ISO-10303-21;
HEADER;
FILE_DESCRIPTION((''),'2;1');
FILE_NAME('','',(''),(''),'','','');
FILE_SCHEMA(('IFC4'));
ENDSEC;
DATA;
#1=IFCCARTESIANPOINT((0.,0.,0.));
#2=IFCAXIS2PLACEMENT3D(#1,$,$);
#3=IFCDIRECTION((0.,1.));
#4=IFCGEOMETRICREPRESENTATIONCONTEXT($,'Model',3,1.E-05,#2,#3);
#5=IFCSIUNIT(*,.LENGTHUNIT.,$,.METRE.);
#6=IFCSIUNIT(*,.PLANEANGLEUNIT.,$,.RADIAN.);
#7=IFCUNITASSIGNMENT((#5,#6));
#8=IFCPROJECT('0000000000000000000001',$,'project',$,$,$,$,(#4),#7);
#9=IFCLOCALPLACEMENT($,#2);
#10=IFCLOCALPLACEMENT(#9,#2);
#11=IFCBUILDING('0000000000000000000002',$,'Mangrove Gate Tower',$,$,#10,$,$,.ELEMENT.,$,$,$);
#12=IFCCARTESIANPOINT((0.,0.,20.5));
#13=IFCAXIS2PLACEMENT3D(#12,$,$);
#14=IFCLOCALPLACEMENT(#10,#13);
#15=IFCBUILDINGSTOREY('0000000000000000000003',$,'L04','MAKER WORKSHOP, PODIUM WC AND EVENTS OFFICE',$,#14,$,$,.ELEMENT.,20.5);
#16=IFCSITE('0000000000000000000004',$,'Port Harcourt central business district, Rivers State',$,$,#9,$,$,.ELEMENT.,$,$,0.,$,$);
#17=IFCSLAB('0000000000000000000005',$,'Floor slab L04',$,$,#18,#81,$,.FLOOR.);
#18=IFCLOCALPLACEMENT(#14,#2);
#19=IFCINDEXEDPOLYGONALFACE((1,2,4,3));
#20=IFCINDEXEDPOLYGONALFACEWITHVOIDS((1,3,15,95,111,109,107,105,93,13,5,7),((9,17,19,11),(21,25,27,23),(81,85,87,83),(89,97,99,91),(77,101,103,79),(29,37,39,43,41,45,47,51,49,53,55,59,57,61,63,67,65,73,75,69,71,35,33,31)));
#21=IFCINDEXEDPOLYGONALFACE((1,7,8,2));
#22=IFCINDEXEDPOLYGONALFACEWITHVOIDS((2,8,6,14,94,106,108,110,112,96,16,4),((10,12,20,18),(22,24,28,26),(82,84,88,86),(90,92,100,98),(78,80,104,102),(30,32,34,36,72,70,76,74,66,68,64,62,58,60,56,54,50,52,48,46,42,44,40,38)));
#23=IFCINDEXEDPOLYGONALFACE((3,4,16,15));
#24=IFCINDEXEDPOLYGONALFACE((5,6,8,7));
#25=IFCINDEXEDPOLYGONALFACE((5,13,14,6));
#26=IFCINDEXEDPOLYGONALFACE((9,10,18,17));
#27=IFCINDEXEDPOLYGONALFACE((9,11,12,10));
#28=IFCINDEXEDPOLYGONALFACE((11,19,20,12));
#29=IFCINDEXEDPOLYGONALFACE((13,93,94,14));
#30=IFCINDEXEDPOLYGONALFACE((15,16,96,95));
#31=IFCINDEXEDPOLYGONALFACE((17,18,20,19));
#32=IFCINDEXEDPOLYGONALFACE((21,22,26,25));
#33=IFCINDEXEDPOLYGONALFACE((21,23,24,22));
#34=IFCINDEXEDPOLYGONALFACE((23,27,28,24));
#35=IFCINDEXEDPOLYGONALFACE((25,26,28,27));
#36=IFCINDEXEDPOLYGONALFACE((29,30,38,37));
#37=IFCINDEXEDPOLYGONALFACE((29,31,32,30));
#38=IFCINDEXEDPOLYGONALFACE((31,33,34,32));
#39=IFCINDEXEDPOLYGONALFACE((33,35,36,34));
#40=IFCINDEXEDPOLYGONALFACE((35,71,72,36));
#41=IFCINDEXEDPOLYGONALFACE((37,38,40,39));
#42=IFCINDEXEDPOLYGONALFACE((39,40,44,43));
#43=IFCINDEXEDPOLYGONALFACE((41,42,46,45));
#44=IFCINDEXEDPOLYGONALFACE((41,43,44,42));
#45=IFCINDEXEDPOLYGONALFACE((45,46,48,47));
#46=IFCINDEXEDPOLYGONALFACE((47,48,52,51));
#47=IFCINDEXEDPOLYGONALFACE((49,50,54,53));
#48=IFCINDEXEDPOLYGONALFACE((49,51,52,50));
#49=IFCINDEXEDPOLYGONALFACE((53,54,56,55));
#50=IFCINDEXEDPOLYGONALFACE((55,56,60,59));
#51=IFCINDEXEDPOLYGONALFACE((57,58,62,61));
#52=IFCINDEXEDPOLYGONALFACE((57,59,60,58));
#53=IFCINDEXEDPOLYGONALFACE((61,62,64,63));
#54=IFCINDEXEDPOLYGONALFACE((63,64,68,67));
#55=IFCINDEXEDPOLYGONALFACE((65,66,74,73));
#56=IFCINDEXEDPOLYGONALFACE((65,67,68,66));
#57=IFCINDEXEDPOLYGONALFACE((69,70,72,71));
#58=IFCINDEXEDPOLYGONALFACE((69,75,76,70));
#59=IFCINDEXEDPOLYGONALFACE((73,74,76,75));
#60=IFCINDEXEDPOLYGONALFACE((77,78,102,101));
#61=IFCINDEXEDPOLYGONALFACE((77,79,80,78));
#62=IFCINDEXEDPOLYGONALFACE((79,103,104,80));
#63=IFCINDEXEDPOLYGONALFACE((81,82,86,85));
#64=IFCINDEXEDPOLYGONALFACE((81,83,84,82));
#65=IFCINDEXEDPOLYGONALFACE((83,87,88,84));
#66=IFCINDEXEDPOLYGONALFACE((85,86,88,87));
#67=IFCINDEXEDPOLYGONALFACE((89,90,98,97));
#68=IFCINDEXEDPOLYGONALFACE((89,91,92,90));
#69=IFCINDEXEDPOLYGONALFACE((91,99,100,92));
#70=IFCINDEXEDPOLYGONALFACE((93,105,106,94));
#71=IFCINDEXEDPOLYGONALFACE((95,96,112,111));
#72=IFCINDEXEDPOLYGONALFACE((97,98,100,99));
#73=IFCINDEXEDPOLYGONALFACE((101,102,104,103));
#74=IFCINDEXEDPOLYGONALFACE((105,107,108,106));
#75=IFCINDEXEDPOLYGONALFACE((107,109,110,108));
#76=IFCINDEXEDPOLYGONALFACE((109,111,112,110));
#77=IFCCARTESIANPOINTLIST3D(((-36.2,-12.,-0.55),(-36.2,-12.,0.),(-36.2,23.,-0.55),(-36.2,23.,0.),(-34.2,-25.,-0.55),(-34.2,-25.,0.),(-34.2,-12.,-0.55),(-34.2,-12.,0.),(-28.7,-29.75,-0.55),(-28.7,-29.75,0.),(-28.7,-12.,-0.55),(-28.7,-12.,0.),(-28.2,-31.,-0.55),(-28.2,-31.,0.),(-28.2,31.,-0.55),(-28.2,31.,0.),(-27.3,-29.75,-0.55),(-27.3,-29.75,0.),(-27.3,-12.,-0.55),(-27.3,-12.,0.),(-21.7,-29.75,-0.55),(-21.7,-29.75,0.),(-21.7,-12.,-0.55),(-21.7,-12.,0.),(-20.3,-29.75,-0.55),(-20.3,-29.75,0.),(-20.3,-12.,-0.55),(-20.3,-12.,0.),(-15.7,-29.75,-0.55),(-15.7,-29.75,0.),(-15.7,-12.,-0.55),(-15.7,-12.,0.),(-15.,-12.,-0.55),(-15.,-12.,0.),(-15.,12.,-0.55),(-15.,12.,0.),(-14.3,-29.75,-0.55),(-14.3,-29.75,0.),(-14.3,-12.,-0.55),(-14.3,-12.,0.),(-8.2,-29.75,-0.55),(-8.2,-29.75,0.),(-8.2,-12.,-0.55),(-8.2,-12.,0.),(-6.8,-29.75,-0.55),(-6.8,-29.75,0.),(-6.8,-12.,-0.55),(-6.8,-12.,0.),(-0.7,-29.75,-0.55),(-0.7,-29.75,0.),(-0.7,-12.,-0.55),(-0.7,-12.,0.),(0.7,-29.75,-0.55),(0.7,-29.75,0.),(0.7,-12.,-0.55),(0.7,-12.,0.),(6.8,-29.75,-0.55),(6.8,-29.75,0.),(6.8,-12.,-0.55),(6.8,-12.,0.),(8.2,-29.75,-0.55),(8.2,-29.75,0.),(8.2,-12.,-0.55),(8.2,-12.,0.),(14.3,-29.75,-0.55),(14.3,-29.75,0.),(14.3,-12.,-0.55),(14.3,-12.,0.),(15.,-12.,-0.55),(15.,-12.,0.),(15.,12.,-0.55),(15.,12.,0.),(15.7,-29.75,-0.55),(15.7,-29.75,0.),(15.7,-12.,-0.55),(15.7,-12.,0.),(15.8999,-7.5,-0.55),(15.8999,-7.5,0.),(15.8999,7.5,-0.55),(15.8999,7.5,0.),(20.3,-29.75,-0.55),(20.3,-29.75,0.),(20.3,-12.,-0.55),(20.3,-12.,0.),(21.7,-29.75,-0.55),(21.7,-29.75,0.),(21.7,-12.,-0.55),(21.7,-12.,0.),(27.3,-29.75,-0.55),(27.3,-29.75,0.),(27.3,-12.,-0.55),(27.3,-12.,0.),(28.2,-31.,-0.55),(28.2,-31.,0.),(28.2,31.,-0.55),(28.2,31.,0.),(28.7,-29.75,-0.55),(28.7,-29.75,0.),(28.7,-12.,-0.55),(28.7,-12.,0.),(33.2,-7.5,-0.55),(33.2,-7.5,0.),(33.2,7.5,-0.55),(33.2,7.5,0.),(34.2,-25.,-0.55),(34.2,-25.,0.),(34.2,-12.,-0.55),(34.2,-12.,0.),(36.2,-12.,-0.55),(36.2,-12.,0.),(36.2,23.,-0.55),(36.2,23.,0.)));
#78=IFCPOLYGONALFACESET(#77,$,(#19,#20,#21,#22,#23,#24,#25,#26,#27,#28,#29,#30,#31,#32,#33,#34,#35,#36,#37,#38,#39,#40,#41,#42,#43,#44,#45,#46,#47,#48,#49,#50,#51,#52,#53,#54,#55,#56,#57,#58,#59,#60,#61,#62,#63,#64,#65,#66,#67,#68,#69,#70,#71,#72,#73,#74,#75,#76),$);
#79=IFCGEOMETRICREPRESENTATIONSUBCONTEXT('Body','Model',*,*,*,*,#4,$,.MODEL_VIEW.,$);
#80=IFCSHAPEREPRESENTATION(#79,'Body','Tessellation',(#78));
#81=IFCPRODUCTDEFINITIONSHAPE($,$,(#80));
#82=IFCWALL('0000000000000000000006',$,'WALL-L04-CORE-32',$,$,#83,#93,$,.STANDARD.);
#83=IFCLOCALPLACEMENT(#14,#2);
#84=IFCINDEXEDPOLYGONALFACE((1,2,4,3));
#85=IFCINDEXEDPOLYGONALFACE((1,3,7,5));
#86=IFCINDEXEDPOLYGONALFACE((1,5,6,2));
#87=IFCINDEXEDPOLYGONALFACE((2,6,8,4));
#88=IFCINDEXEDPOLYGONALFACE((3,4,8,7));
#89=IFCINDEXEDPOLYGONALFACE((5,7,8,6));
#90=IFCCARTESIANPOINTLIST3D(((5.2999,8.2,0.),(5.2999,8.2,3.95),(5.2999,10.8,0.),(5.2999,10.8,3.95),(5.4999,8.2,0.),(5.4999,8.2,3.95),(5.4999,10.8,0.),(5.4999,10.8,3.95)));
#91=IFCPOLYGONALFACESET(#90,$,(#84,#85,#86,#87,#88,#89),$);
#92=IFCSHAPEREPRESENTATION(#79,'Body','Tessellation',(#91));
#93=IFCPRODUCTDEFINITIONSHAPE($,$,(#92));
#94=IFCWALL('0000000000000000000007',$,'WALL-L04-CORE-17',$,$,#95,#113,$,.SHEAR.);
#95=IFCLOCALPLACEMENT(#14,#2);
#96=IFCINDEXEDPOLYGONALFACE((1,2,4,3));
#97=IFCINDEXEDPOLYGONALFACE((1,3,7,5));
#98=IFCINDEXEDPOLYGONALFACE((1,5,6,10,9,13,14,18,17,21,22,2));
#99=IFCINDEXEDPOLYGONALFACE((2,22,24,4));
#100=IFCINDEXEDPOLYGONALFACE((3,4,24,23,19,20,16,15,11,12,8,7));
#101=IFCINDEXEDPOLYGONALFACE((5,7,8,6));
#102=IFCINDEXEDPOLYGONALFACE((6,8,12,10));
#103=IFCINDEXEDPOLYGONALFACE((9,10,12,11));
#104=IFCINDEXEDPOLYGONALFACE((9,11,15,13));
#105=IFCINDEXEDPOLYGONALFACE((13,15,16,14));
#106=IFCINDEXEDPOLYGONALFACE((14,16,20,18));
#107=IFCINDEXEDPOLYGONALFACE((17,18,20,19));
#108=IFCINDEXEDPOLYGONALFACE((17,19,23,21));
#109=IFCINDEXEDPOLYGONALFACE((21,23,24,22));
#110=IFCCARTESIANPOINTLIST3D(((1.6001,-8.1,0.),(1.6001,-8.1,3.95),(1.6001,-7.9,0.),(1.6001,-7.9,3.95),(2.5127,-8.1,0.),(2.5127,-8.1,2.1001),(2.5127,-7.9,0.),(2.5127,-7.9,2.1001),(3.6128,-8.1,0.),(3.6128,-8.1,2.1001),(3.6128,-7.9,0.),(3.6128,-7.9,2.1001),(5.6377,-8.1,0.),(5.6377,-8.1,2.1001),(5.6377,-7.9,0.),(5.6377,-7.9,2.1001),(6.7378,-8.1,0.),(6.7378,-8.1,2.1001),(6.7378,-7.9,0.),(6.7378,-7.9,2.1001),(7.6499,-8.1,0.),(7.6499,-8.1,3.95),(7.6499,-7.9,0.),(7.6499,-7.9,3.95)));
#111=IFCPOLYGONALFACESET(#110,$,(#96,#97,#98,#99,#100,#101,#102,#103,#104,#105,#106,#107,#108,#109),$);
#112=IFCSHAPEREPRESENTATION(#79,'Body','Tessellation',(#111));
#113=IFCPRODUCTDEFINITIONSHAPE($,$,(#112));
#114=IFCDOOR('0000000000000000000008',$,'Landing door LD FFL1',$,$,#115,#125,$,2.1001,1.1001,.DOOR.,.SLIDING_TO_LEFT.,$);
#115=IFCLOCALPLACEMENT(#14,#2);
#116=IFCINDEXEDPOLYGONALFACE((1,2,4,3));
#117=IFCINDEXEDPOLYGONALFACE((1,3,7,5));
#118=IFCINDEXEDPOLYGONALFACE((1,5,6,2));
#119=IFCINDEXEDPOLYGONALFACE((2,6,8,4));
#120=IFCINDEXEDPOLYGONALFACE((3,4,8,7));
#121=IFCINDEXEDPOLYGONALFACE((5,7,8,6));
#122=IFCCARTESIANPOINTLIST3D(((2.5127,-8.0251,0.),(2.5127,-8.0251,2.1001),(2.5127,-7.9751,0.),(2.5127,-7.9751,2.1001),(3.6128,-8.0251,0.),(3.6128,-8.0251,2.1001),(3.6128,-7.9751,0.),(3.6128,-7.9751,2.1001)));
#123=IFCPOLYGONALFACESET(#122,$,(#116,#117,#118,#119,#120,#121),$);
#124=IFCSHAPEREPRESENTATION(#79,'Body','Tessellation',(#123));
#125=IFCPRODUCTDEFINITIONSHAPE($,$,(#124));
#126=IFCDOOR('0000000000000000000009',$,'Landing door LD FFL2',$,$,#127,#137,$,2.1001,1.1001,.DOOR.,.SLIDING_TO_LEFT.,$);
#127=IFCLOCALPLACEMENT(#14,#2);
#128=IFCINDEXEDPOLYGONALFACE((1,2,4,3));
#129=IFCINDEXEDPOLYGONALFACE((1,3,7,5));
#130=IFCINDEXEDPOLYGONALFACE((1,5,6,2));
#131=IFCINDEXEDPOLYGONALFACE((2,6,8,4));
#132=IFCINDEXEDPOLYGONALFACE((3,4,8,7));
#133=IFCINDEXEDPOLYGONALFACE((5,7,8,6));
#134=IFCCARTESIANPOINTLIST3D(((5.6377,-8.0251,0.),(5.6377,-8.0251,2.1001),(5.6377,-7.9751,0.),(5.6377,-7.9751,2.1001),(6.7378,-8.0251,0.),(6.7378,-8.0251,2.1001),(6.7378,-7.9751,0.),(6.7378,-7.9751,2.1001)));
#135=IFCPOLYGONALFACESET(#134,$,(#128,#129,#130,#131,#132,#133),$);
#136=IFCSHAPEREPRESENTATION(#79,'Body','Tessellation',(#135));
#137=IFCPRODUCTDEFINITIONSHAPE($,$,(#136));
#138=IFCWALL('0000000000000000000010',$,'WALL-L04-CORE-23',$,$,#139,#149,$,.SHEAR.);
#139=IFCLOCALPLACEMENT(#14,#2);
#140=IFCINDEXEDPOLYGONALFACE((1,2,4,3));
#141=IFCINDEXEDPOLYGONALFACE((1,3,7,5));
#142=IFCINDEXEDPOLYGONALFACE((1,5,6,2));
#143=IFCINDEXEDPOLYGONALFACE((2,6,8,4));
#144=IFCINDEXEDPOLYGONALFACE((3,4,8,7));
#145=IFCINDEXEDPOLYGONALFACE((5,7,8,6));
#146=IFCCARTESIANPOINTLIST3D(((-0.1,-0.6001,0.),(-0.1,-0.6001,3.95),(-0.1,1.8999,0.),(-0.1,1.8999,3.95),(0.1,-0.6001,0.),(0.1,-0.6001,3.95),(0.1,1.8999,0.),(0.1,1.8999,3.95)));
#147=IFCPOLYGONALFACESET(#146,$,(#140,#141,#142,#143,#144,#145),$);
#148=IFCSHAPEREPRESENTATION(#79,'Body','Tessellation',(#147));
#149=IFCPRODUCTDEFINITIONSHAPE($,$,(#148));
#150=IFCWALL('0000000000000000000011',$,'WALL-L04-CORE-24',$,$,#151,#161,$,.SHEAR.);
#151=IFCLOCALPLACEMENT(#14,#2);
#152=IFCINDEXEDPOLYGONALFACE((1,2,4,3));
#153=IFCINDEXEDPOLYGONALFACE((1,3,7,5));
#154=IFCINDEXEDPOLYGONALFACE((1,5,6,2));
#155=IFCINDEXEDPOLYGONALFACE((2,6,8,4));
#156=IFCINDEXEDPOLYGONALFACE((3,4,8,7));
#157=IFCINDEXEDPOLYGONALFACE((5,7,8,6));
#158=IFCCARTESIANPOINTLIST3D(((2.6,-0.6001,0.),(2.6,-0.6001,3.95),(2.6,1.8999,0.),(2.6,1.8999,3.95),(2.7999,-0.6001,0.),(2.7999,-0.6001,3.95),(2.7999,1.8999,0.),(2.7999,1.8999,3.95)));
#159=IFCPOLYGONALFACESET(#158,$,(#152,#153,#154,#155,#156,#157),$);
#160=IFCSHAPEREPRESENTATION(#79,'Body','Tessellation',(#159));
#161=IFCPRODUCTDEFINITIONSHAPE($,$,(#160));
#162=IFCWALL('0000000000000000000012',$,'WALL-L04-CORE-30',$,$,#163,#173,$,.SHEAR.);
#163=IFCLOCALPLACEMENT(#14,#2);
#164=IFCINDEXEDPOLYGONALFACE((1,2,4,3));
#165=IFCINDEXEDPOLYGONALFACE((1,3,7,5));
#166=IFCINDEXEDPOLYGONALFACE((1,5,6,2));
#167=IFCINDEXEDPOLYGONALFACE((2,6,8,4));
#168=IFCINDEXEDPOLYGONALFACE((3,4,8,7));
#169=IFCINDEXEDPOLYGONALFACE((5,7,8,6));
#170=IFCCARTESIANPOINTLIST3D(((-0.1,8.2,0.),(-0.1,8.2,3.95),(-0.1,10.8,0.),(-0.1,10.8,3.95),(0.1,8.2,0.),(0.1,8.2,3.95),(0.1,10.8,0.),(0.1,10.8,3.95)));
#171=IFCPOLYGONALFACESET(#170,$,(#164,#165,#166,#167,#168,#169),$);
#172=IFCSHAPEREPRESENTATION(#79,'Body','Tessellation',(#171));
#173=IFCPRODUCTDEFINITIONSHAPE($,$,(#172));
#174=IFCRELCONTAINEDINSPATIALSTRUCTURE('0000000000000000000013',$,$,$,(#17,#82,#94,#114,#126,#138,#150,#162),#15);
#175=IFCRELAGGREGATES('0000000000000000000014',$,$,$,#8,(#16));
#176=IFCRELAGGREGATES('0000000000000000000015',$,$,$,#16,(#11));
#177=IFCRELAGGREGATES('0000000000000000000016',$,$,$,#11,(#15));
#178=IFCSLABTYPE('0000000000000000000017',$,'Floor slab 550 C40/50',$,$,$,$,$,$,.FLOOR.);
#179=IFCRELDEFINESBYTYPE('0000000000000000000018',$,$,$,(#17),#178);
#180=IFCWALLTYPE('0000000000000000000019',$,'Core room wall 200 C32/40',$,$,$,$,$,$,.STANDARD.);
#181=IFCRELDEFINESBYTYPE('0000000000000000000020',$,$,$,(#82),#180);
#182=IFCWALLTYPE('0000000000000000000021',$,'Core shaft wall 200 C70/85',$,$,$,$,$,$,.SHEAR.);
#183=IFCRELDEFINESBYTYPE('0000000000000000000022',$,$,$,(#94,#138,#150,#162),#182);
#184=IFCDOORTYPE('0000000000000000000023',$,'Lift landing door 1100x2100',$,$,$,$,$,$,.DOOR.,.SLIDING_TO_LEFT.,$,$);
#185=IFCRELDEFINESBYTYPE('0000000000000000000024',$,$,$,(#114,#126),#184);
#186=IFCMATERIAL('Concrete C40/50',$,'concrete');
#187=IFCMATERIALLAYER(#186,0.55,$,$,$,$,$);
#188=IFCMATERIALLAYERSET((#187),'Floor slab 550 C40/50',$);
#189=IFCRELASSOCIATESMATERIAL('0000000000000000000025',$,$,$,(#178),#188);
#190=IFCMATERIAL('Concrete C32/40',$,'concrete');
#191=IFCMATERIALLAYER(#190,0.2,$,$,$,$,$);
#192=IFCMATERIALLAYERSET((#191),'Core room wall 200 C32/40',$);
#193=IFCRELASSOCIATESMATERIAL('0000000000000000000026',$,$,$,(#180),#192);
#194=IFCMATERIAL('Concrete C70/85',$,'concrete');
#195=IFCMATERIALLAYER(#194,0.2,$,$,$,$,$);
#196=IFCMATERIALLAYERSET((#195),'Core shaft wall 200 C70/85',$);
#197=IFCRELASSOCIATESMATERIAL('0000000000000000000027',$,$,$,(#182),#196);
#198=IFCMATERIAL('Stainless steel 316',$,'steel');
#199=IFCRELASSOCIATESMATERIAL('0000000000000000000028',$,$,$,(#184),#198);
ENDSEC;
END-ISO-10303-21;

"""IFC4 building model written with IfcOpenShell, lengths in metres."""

from ifc_helpers import new_model, si_unit, direction, frame, frame_2d, origin, place, context, subcontext, project, spatial, polyline, rectangle, outline, extrude, material, layer, layer_set, type_object, element, fill, save


model = new_model("IFC4")

# Units and contexts
model_context = context("Model", 3, precision=1e-05, world=origin(), true_north=direction((0.0, 1.0)))
body_context = subcontext(model_context, "Body", "Model", "MODEL_VIEW")
ifc_project = project(units=[si_unit("LENGTHUNIT", "METRE"), si_unit("PLANEANGLEUNIT", "RADIAN")], contexts=[model_context])

# Site, building, storey
site_placement = place(None, origin())
site = spatial("IfcSite", under=ifc_project, at=site_placement, Name="Port Harcourt central business district, Rivers State", CompositionType="ELEMENT", RefElevation=0.0)
building_placement = place(site_placement, origin())
building = spatial("IfcBuilding", under=site, at=building_placement, Name="Mangrove Gate Tower", CompositionType="ELEMENT")
storey_placement = place(building_placement, frame((0.0, 0.0, 20.5)))
storey = spatial("IfcBuildingStorey", under=building, at=storey_placement, Name="L04", Description="MAKER WORKSHOP, PODIUM WC AND EVENTS OFFICE", CompositionType="ELEMENT", Elevation=20.5)

# Slab
ifc_material_1 = material(Name="Concrete C40/50", Category="concrete")
ifc_layer_1 = layer(ifc_material_1, 0.55)
ifc_layer_set_1 = layer_set([ifc_layer_1], Name="Floor slab 550 C40/50")
slab_type_1 = type_object("IfcSlabType", Name="Floor slab 550 C40/50", PredefinedType="FLOOR", material=ifc_layer_set_1)
slab_1_placement = place(storey_placement, frame((0.0, 0.0, -0.55)))
element("IfcSlab", 1, at=slab_1_placement, inside=storey, type_object=slab_type_1, Name="Floor slab L04", PredefinedType="FLOOR", context=body_context, shape_type="SweptSolid", body=[
    extrude(outline(polyline([(-34.2, -12.0), (-34.2, -25.0), (-28.2, -31.0), (28.2, -31.0), (34.2, -25.0), (34.2, -12.0), (36.2, -12.0), (36.2, 23.0), (28.2, 31.0), (-28.2, 31.0), (-36.2, 23.0), (-36.2, -12.0), (-34.2, -12.0)]), holes=[polyline([(15.8999, 7.5), (33.2, 7.5), (33.2, -7.5), (15.8999, -7.5), (15.8999, 7.5)]), polyline([(28.7, -29.75), (27.3, -29.75), (27.3, -12.0), (28.7, -12.0), (28.7, -29.75)]), polyline([(21.7, -12.0), (21.7, -29.75), (20.3, -29.75), (20.3, -12.0), (21.7, -12.0)]), polyline([(-14.3, -29.75), (-15.7, -29.75), (-15.7, -12.0), (-15.0, -12.0), (-15.0, 12.0), (15.0, 12.0), (15.0, -12.0), (15.7, -12.0), (15.7, -29.75), (14.3, -29.75), (14.3, -12.0), (8.2, -12.0), (8.2, -29.75), (6.8, -29.75), (6.8, -12.0), (0.7, -12.0), (0.7, -29.75), (-0.7, -29.75), (-0.7, -12.0), (-6.8, -12.0), (-6.8, -29.75), (-8.2, -29.75), (-8.2, -12.0), (-14.3, -12.0), (-14.3, -29.75)]), polyline([(-20.3, -12.0), (-20.3, -29.75), (-21.7, -29.75), (-21.7, -12.0), (-20.3, -12.0)]), polyline([(-27.3, -12.0), (-27.3, -29.75), (-28.7, -29.75), (-28.7, -12.0), (-27.3, -12.0)])]), origin(), (0.0, 0.0, 1.0), 0.55),
])

# Wall
ifc_material_2 = material(Name="Concrete C32/40", Category="concrete")
ifc_layer_2 = layer(ifc_material_2, 0.2)
ifc_layer_set_2 = layer_set([ifc_layer_2], Name="Core room wall 200 C32/40")
wall_type_1 = type_object("IfcWallType", Name="Core room wall 200 C32/40", PredefinedType="STANDARD", material=ifc_layer_set_2)
wall_1_placement = place(storey_placement, frame((5.3999, 8.2, 0.0), z_axis=(0.0, 0.0, 1.0), x_axis=(0.0, 1.0, 0.0)))
element("IfcWall", 2, at=wall_1_placement, inside=storey, type_object=wall_type_1, Name="WALL-L04-CORE-32", PredefinedType="STANDARD", context=body_context, shape_type="SweptSolid", body=[
    extrude(rectangle(XDim=2.6001, YDim=0.2, at=frame_2d((1.3, 0.0))), origin(), (0.0, 0.0, 1.0), 3.95),
])

# Wall, openings, doors
ifc_material_3 = material(Name="Concrete C70/85", Category="concrete")
ifc_layer_3 = layer(ifc_material_3, 0.2)
ifc_layer_set_3 = layer_set([ifc_layer_3], Name="Core shaft wall 200 C70/85")
wall_type_2 = type_object("IfcWallType", Name="Core shaft wall 200 C70/85", PredefinedType="SHEAR", material=ifc_layer_set_3)
wall_2_placement = place(storey_placement, frame((1.6001, -8.0, 0.0), z_axis=(0.0, 0.0, 1.0), x_axis=(1.0, 0.0, 0.0)))
wall_2 = element("IfcWall", 3, at=wall_2_placement, inside=storey, type_object=wall_type_2, Name="WALL-L04-CORE-17", PredefinedType="SHEAR", context=body_context, shape_type="SweptSolid", body=[
    extrude(rectangle(XDim=6.0498, YDim=0.2, at=frame_2d((3.0249, 0.0))), origin(), (0.0, 0.0, 1.0), 3.95),
])
opening_1_placement = place(wall_2_placement, frame((0.9126, 0.0, 0.0)))
opening_1 = element("IfcOpeningElement", 4, at=opening_1_placement, cuts=wall_2, PredefinedType="OPENING", context=body_context, shape_type="SweptSolid", body=[
    extrude(rectangle(XDim=1.1001, YDim=2.1001, at=frame_2d((0.55, 1.05))), frame((0.0, 0.1099, 0.0), z_axis=(0.0, -1.0, 0.0), x_axis=(1.0, 0.0, 0.0)), (0.0, 0.0, 1.0), 0.22),
])
opening_2_placement = place(wall_2_placement, frame((4.0376, 0.0, 0.0)))
opening_2 = element("IfcOpeningElement", 5, at=opening_2_placement, cuts=wall_2, PredefinedType="OPENING", context=body_context, shape_type="SweptSolid", body=[
    extrude(rectangle(XDim=1.1001, YDim=2.1001, at=frame_2d((0.55, 1.05))), frame((0.0, 0.1099, 0.0), z_axis=(0.0, -1.0, 0.0), x_axis=(1.0, 0.0, 0.0)), (0.0, 0.0, 1.0), 0.22),
])
ifc_material_4 = material(Name="Stainless steel 316", Category="steel")
door_type = type_object("IfcDoorType", Name="Lift landing door 1100x2100", OperationType="SLIDING_TO_LEFT", PredefinedType="DOOR", material=ifc_material_4)
door_1_placement = place(opening_1_placement, origin())
door_1 = element("IfcDoor", 6, at=door_1_placement, inside=storey, type_object=door_type, Name="Landing door LD FFL1", OperationType="SLIDING_TO_LEFT", OverallHeight=2.1001, OverallWidth=1.1001, PredefinedType="DOOR", context=body_context, shape_type="SweptSolid", body=[
    extrude(rectangle(XDim=1.1001, YDim=2.1001, at=frame_2d((0.55, 1.05))), frame((0.0, 0.0249, 0.0), z_axis=(0.0, -1.0, 0.0), x_axis=(1.0, 0.0, 0.0)), (0.0, 0.0, 1.0), 0.05),
])
fill(opening_1, door_1)
door_2_placement = place(opening_2_placement, origin())
door_2 = element("IfcDoor", 7, at=door_2_placement, inside=storey, type_object=door_type, Name="Landing door LD FFL2", OperationType="SLIDING_TO_LEFT", OverallHeight=2.1001, OverallWidth=1.1001, PredefinedType="DOOR", context=body_context, shape_type="SweptSolid", body=[
    extrude(rectangle(XDim=1.1001, YDim=2.1001, at=frame_2d((0.55, 1.05))), frame((0.0, 0.0249, 0.0), z_axis=(0.0, -1.0, 0.0), x_axis=(1.0, 0.0, 0.0)), (0.0, 0.0, 1.0), 0.05),
])
fill(opening_2, door_2)

# Walls
for number, where, z_axis, x_axis, name in (
    (8, (0.0, -0.6001, 0.0), (0.0, 0.0, 1.0), (0.0, 1.0, 0.0), "WALL-L04-CORE-23"),
    (9, (2.7, -0.6001, 0.0), (0.0, 0.0, 1.0), (0.0, 1.0, 0.0), "WALL-L04-CORE-24"),
):
    element("IfcWall", number, at=place(storey_placement, frame(where, z_axis=z_axis, x_axis=x_axis)), inside=storey, type_object=wall_type_2, Name=name, PredefinedType="SHEAR", context=body_context, shape_type="SweptSolid", body=[
        extrude(rectangle(XDim=2.5, YDim=0.2, at=frame_2d((1.25, 0.0))), origin(), (0.0, 0.0, 1.0), 3.95),
    ])
for number, where, z_axis, x_axis, name in (
    (10, (0.0, 8.2, 0.0), (0.0, 0.0, 1.0), (0.0, 1.0, 0.0), "WALL-L04-CORE-30"),
):
    element("IfcWall", number, at=place(storey_placement, frame(where, z_axis=z_axis, x_axis=x_axis)), inside=storey, type_object=wall_type_2, Name=name, PredefinedType="SHEAR", context=body_context, shape_type="SweptSolid", body=[
        extrude(rectangle(XDim=2.6001, YDim=0.2, at=frame_2d((1.3, 0.0))), origin(), (0.0, 0.0, 1.0), 3.95),
    ])

save(model, "model.ifc")
